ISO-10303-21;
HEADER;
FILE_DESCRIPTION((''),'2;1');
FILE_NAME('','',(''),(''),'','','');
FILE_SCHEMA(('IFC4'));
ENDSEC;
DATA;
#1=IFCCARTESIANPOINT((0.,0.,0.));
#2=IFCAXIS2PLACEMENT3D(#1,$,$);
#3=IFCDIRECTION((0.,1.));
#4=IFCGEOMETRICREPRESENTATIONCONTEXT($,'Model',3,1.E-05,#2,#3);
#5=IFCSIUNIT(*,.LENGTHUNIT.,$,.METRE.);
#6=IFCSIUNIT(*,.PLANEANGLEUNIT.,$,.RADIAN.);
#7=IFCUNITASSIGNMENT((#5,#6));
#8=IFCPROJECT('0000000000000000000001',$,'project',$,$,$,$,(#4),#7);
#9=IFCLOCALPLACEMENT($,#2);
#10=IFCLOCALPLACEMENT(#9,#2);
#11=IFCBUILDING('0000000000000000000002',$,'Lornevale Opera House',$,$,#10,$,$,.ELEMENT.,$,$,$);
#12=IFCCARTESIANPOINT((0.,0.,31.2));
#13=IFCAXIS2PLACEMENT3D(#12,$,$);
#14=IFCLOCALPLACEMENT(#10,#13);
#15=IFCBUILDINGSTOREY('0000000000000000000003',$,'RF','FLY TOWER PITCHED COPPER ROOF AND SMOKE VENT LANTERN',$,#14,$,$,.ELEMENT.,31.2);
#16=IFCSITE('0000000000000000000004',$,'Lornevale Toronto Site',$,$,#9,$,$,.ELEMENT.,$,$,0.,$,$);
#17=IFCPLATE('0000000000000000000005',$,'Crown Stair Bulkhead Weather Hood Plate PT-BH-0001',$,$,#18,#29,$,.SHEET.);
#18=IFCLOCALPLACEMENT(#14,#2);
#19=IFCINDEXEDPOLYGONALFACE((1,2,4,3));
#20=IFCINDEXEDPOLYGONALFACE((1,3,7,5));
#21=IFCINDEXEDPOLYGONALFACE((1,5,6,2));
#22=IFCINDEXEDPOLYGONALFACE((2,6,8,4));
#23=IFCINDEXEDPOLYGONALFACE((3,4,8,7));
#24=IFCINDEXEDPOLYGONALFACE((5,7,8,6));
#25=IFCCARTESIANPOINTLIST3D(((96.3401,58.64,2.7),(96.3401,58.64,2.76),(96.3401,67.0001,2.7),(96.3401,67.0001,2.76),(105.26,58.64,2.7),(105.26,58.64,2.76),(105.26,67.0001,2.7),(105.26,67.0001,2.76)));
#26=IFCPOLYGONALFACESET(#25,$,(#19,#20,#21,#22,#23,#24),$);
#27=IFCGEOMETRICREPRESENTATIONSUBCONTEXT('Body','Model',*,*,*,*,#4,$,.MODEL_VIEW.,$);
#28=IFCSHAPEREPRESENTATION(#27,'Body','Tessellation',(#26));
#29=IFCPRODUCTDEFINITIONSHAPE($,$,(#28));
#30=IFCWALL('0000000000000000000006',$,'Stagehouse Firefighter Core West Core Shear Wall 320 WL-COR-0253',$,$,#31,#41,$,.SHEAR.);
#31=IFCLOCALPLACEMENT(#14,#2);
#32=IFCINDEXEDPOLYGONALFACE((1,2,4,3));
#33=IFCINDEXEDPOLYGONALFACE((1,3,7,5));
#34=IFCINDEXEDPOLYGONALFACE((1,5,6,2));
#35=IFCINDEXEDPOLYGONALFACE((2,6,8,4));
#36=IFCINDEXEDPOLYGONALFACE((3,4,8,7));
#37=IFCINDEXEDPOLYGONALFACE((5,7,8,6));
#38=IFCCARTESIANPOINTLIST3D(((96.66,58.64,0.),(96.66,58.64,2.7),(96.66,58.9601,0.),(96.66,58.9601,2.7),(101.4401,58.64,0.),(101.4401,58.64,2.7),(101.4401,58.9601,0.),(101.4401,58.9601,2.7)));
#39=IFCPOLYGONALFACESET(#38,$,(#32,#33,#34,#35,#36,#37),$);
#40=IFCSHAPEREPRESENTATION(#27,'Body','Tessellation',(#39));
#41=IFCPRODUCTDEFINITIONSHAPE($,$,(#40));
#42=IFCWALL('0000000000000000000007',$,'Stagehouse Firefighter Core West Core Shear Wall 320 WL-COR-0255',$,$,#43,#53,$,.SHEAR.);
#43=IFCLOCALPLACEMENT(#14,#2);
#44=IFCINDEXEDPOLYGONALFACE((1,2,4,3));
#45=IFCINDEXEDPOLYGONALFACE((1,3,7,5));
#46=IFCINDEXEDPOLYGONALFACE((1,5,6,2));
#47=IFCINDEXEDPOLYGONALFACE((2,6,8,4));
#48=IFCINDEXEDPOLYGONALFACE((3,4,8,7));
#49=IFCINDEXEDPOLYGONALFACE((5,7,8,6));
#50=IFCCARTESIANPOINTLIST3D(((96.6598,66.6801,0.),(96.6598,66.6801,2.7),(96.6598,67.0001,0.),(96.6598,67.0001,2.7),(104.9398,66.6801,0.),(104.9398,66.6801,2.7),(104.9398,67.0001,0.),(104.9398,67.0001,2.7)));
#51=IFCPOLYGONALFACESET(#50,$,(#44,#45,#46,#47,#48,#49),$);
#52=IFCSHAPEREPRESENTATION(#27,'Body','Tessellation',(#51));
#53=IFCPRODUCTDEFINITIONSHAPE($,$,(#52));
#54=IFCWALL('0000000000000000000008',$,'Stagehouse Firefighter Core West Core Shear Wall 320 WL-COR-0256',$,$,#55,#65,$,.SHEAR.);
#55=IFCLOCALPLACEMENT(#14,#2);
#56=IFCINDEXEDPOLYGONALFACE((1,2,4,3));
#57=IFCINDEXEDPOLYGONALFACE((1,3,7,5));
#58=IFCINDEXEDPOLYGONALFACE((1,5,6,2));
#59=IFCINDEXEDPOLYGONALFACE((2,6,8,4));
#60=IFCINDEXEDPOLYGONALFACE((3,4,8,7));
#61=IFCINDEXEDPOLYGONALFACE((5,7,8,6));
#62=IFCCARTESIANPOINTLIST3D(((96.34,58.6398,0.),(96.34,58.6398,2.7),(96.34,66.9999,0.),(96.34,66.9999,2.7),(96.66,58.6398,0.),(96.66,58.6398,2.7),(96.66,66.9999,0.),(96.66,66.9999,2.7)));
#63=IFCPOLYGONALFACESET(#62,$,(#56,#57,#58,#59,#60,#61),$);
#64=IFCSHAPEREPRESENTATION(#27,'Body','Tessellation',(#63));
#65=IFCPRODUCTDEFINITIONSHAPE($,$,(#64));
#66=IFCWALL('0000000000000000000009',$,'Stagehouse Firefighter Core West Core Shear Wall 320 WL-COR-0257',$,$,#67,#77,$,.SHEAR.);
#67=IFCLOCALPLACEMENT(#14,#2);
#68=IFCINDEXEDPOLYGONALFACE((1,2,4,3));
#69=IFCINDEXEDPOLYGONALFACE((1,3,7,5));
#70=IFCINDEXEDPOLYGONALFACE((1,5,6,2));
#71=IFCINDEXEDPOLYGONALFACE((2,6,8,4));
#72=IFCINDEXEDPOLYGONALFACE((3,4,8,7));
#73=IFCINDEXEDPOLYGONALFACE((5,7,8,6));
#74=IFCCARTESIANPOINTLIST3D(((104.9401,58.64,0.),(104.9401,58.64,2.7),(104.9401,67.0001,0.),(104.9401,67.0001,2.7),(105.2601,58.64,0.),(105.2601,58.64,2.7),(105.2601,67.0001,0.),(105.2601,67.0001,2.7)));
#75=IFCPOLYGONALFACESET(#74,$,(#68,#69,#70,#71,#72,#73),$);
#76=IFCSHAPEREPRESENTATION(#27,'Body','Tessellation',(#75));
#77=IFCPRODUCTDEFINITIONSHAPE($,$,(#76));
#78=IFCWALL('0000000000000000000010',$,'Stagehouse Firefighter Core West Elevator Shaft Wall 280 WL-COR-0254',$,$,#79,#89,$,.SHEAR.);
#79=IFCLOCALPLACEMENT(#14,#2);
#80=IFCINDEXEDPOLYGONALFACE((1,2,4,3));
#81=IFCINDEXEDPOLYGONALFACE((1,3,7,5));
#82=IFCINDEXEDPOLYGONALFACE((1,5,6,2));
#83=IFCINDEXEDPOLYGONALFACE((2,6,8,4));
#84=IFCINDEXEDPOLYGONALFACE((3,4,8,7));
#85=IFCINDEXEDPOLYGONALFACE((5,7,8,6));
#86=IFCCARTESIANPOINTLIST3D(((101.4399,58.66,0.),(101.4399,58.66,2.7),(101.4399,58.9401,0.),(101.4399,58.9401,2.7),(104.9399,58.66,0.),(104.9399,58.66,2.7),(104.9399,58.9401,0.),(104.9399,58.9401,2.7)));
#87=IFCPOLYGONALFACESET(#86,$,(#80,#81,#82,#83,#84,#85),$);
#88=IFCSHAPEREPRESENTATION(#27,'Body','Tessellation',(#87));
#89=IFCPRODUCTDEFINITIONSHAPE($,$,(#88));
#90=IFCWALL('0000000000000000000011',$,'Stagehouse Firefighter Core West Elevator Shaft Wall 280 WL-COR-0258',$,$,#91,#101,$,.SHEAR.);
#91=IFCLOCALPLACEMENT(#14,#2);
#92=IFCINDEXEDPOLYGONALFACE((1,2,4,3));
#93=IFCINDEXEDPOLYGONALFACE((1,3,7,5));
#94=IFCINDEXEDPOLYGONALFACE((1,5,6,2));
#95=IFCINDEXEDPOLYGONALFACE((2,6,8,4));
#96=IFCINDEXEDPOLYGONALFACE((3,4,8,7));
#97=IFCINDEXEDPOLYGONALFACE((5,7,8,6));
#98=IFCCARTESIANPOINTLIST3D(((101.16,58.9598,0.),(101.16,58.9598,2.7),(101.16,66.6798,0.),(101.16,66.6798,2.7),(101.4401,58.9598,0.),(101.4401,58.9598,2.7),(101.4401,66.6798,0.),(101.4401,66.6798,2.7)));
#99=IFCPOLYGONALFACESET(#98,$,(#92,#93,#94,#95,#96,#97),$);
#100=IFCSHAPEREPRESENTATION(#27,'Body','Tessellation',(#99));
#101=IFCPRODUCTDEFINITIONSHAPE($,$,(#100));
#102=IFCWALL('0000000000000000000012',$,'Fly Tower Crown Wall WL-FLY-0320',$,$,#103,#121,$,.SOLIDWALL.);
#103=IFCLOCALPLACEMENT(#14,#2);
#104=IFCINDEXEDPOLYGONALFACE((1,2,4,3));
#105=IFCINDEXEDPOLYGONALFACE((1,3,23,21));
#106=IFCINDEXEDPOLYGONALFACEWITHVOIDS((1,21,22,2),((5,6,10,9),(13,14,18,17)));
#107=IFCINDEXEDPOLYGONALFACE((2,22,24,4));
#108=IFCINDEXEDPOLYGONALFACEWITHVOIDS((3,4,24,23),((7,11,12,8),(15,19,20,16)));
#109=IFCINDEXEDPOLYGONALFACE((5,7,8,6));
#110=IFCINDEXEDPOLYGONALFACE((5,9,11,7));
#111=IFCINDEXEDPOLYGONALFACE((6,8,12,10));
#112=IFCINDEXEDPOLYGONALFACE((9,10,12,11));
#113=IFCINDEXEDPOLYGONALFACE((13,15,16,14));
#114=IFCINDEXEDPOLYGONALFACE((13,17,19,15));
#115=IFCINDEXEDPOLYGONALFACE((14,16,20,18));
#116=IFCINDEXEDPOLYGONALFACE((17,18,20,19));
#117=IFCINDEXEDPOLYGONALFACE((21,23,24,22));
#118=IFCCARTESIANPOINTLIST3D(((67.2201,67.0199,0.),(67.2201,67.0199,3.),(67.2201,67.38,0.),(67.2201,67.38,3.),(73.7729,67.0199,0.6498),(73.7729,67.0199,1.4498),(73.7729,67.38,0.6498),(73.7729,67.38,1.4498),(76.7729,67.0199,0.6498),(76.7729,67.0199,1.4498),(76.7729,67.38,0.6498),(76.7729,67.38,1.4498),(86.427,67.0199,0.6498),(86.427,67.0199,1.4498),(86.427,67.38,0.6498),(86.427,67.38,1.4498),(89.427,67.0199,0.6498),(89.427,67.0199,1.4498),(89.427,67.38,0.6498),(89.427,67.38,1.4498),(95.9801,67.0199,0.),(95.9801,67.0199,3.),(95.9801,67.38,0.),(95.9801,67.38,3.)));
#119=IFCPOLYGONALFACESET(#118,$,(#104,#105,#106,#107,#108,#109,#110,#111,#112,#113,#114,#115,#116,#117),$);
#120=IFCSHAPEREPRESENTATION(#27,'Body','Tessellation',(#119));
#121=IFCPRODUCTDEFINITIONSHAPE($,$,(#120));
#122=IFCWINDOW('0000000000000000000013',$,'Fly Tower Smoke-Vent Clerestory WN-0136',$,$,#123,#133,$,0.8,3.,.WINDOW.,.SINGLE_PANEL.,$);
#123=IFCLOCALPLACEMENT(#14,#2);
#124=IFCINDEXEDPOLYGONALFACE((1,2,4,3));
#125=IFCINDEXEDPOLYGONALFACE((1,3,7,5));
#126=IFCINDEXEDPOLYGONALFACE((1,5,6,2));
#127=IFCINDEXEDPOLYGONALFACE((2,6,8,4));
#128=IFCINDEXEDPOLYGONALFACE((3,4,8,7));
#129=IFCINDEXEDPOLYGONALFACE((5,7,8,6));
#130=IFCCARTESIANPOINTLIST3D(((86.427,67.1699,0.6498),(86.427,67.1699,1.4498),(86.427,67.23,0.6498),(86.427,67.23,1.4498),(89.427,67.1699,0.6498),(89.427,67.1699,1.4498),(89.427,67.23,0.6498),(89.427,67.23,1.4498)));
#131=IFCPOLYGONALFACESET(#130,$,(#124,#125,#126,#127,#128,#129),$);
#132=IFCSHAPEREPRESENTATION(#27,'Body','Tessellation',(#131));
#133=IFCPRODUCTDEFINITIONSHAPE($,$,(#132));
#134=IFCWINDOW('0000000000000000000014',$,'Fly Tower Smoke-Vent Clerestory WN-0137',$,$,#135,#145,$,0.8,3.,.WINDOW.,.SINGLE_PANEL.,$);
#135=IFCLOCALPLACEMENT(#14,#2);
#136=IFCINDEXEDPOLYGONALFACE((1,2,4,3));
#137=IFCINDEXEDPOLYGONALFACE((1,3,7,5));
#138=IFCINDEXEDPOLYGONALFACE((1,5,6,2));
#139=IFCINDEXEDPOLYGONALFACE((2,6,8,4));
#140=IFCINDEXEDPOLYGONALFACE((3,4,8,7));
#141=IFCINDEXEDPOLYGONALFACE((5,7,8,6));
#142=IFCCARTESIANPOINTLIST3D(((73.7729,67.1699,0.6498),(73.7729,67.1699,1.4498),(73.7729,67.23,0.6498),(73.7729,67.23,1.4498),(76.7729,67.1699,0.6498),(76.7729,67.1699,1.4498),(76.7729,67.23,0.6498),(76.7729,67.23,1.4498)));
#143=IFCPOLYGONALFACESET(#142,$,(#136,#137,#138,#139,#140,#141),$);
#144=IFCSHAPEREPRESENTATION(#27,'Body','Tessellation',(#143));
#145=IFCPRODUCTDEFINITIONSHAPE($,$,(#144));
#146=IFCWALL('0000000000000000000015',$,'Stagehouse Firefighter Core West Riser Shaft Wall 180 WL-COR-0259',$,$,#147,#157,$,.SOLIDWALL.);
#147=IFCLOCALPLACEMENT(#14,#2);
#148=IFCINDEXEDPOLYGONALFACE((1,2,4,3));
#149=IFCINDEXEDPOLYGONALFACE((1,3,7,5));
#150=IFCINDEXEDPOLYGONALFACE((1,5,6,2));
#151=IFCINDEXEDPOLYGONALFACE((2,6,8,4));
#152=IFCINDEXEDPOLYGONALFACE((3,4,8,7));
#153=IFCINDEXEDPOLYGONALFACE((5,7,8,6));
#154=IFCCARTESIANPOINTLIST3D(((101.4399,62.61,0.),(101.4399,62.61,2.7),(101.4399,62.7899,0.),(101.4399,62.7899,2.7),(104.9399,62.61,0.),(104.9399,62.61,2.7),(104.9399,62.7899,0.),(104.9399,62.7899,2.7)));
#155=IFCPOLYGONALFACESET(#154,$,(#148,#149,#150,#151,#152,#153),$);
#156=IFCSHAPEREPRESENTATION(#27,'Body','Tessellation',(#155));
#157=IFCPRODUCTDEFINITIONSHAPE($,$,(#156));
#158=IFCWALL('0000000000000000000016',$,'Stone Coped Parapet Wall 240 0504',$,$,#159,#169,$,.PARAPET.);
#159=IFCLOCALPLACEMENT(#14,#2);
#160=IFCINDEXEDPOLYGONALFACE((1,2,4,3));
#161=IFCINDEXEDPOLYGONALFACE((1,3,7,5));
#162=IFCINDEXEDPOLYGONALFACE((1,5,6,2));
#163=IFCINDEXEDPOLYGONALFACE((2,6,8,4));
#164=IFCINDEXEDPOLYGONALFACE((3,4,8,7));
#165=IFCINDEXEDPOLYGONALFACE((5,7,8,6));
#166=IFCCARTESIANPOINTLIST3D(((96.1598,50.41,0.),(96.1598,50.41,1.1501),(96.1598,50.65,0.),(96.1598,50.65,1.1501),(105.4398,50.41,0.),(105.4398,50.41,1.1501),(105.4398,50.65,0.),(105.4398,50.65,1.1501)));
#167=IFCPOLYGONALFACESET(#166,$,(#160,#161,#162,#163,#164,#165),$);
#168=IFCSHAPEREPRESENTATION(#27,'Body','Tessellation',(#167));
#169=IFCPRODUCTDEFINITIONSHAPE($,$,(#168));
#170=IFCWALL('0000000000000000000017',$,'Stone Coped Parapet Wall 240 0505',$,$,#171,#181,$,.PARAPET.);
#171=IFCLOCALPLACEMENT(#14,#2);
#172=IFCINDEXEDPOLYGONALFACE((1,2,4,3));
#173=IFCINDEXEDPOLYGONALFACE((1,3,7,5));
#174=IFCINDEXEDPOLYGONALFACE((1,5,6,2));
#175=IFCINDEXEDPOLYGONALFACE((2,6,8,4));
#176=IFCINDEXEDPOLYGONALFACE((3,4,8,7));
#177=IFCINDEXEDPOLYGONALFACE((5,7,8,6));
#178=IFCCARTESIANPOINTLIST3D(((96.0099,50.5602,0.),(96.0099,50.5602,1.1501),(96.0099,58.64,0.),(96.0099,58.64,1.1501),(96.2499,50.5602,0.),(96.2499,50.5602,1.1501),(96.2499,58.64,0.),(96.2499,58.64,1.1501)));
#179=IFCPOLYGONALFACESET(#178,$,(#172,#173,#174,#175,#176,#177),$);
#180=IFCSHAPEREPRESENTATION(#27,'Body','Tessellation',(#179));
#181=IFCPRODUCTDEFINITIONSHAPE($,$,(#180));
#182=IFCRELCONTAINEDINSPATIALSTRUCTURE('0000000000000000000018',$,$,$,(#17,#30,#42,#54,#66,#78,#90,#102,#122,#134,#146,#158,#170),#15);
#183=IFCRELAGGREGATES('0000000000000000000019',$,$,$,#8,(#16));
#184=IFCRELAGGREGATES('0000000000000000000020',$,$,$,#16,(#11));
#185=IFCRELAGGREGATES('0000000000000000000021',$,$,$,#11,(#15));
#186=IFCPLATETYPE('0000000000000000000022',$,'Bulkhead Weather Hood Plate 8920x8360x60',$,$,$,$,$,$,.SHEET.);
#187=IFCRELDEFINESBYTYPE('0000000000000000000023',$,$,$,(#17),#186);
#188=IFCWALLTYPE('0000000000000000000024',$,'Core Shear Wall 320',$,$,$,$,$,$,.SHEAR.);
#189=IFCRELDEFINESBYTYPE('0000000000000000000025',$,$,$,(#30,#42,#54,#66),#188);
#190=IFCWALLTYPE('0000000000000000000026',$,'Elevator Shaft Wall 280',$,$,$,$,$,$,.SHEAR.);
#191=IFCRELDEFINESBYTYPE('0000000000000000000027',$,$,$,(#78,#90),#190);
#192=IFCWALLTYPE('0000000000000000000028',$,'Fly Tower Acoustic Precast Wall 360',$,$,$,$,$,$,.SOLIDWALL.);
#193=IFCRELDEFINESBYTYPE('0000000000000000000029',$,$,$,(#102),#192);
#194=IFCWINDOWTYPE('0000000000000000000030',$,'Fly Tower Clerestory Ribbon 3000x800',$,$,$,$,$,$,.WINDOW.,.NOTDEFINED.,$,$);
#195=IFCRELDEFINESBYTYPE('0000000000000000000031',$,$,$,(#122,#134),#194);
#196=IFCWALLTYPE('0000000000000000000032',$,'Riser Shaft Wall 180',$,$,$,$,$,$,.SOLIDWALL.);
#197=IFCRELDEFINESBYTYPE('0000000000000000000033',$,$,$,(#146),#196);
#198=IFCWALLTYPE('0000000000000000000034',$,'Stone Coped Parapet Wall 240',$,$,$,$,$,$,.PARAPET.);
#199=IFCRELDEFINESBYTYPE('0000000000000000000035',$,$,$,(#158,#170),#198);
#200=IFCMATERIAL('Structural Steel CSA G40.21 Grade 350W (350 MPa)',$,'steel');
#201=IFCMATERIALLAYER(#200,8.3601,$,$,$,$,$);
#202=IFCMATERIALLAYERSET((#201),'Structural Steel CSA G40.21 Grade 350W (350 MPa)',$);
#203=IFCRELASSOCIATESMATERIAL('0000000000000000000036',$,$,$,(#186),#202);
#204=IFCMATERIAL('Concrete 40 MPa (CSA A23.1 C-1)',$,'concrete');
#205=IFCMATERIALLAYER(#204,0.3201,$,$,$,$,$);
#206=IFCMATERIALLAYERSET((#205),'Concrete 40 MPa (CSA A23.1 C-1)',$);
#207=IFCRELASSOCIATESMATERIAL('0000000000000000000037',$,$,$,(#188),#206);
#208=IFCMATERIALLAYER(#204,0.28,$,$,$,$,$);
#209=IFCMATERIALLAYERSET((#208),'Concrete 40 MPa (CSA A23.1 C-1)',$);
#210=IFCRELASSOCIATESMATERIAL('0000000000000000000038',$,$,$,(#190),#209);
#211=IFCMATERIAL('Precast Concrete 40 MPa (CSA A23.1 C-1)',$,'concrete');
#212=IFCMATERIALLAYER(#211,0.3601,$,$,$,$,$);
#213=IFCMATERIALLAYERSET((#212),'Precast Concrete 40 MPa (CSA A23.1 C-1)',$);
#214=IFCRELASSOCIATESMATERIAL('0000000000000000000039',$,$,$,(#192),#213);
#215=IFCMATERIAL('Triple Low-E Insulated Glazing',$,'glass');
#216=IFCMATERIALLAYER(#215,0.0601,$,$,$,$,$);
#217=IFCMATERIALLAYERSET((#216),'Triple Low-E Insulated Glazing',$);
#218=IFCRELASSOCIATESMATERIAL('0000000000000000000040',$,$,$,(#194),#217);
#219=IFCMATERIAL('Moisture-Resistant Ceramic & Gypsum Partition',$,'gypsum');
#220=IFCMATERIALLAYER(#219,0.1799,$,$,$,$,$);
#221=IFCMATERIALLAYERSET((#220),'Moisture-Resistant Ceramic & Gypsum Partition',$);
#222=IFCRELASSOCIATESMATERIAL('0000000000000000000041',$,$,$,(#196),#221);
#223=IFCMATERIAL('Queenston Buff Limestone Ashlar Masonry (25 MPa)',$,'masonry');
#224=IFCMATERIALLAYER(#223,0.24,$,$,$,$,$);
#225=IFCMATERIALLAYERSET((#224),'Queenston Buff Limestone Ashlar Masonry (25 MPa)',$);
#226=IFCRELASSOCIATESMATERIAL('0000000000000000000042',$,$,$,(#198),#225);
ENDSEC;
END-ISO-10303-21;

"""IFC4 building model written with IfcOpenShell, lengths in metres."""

from ifc_helpers import new_model, si_unit, direction, frame, frame_2d, origin, origin_2d, place, context, subcontext, project, spatial, rectangle, extrude, material, layer, layer_set, type_object, element, fill, save


model = new_model("IFC4")

# Units and contexts
model_context = context("Model", 3, precision=1e-05, world=origin(), true_north=direction((0.0, 1.0)))
body_context = subcontext(model_context, "Body", "Model", "MODEL_VIEW")
ifc_project = project(units=[si_unit("LENGTHUNIT", "METRE"), si_unit("PLANEANGLEUNIT", "RADIAN")], contexts=[model_context])

# Site, building, storey
site_placement = place(None, origin())
site = spatial("IfcSite", under=ifc_project, at=site_placement, Name="Lornevale Toronto Site", CompositionType="ELEMENT", RefElevation=0.0)
building_placement = place(site_placement, origin())
building = spatial("IfcBuilding", under=site, at=building_placement, Name="Lornevale Opera House", CompositionType="ELEMENT")
storey_placement = place(building_placement, frame((0.0, 0.0, 31.2)))
storey = spatial("IfcBuildingStorey", under=building, at=storey_placement, Name="RF", Description="FLY TOWER PITCHED COPPER ROOF AND SMOKE VENT LANTERN", CompositionType="ELEMENT", Elevation=31.2)

# Shared definitions
ifc_material_1 = material(Name="Structural Steel CSA G40.21 Grade 350W (350 MPa)", Category="steel")

# Plate
ifc_layer_1 = layer(ifc_material_1, 8.3601)
ifc_layer_set_1 = layer_set([ifc_layer_1], Name="Structural Steel CSA G40.21 Grade 350W (350 MPa)")
plate_type = type_object("IfcPlateType", Name="Bulkhead Weather Hood Plate 8920x8360x60", PredefinedType="SHEET", material=ifc_layer_set_1)
plate_placement = place(storey_placement, frame((100.8, 62.8201, 2.7), z_axis=(0.0, 0.0, 1.0), x_axis=(1.0, 0.0, 0.0)))
element("IfcPlate", 1, at=plate_placement, inside=storey, type_object=plate_type, Name="Crown Stair Bulkhead Weather Hood Plate PT-BH-0001", PredefinedType="SHEET", context=body_context, shape_type="SweptSolid", body=[
    extrude(rectangle(XDim=8.9199, YDim=8.3601, at=origin_2d()), origin(), (0.0, 0.0, 1.0), 0.0601),
])

# Walls
ifc_material_2 = material(Name="Concrete 40 MPa (CSA A23.1 C-1)", Category="concrete")
ifc_layer_2 = layer(ifc_material_2, 0.3201)
ifc_layer_set_2 = layer_set([ifc_layer_2], Name="Concrete 40 MPa (CSA A23.1 C-1)")
wall_type_1 = type_object("IfcWallType", Name="Core Shear Wall 320", PredefinedType="SHEAR", material=ifc_layer_set_2)
wall_1_placement = place(storey_placement, frame((96.6599, 58.8, 0.0), z_axis=(0.0, 0.0, 1.0), x_axis=(1.0, 0.0, 0.0)))
element("IfcWall", 2, at=wall_1_placement, inside=storey, type_object=wall_type_1, Name="Stagehouse Firefighter Core West Core Shear Wall 320 WL-COR-0253", PredefinedType="SHEAR", context=body_context, shape_type="SweptSolid", body=[
    extrude(rectangle(XDim=4.78, YDim=0.3201, at=frame_2d((2.3901, 0.0))), origin(), (0.0, 0.0, 1.0), 2.7),
])
wall_2_placement = place(storey_placement, frame((104.9399, 66.8401, 0.0), z_axis=(0.0, 0.0, 1.0), x_axis=(-1.0, 0.0, 0.0)))
element("IfcWall", 3, at=wall_2_placement, inside=storey, type_object=wall_type_1, Name="Stagehouse Firefighter Core West Core Shear Wall 320 WL-COR-0255", PredefinedType="SHEAR", context=body_context, shape_type="SweptSolid", body=[
    extrude(rectangle(XDim=8.28, YDim=0.3201, at=frame_2d((4.1401, 0.0))), origin(), (0.0, 0.0, 1.0), 2.7),
])
for number, where, z_axis, x_axis, name in (
    (4, (96.5, 67.0, 0.0), (0.0, 0.0, 1.0), (0.0, -1.0, 0.0), "Stagehouse Firefighter Core West Core Shear Wall 320 WL-COR-0256"),
    (5, (105.1001, 58.6399, 0.0), (0.0, 0.0, 1.0), (0.0, 1.0, 0.0), "Stagehouse Firefighter Core West Core Shear Wall 320 WL-COR-0257"),
):
    element("IfcWall", number, at=place(storey_placement, frame(where, z_axis=z_axis, x_axis=x_axis)), inside=storey, type_object=wall_type_1, Name=name, PredefinedType="SHEAR", context=body_context, shape_type="SweptSolid", body=[
        extrude(rectangle(XDim=8.3601, YDim=0.3201, at=frame_2d((4.1802, 0.0))), origin(), (0.0, 0.0, 1.0), 2.7),
    ])
ifc_layer_3 = layer(ifc_material_2, 0.28)
ifc_layer_set_3 = layer_set([ifc_layer_3], Name="Concrete 40 MPa (CSA A23.1 C-1)")
wall_type_2 = type_object("IfcWallType", Name="Elevator Shaft Wall 280", PredefinedType="SHEAR", material=ifc_layer_set_3)
wall_3_placement = place(storey_placement, frame((101.4399, 58.8, 0.0), z_axis=(0.0, 0.0, 1.0), x_axis=(1.0, 0.0, 0.0)))
element("IfcWall", 6, at=wall_3_placement, inside=storey, type_object=wall_type_2, Name="Stagehouse Firefighter Core West Elevator Shaft Wall 280 WL-COR-0254", PredefinedType="SHEAR", context=body_context, shape_type="SweptSolid", body=[
    extrude(rectangle(XDim=3.5, YDim=0.28, at=frame_2d((1.75, 0.0))), origin(), (0.0, 0.0, 1.0), 2.7),
])
wall_4_placement = place(storey_placement, frame((101.3, 58.96, 0.0), z_axis=(0.0, 0.0, 1.0), x_axis=(0.0, 1.0, 0.0)))
element("IfcWall", 7, at=wall_4_placement, inside=storey, type_object=wall_type_2, Name="Stagehouse Firefighter Core West Elevator Shaft Wall 280 WL-COR-0258", PredefinedType="SHEAR", context=body_context, shape_type="SweptSolid", body=[
    extrude(rectangle(XDim=7.72, YDim=0.28, at=frame_2d((3.8599, 0.0))), origin(), (0.0, 0.0, 1.0), 2.7),
])

# Wall, openings, windows
ifc_material_3 = material(Name="Precast Concrete 40 MPa (CSA A23.1 C-1)", Category="concrete")
ifc_layer_4 = layer(ifc_material_3, 0.3601)
ifc_layer_set_4 = layer_set([ifc_layer_4], Name="Precast Concrete 40 MPa (CSA A23.1 C-1)")
wall_type_3 = type_object("IfcWallType", Name="Fly Tower Acoustic Precast Wall 360", PredefinedType="SOLIDWALL", material=ifc_layer_set_4)
wall_5_placement = place(storey_placement, frame((95.98, 67.2, 0.0), z_axis=(0.0, 0.0, 1.0), x_axis=(-1.0, 0.0, 0.0)))
wall_5 = element("IfcWall", 8, at=wall_5_placement, inside=storey, type_object=wall_type_3, Name="Fly Tower Crown Wall WL-FLY-0320", PredefinedType="SOLIDWALL", context=body_context, shape_type="SweptSolid", body=[
    extrude(rectangle(XDim=28.76, YDim=0.3601, at=frame_2d((14.3799, 0.0))), origin(), (0.0, 0.0, 1.0), 3.0),
])
opening_1_placement = place(wall_5_placement, frame((6.553, 0.0, 0.6499)))
opening_1 = element("IfcOpeningElement", 9, at=opening_1_placement, cuts=wall_5, PredefinedType="OPENING", context=body_context, shape_type="SweptSolid", body=[
    extrude(rectangle(XDim=3.0, YDim=0.8, at=frame_2d((1.5, 0.3999))), frame((0.0, 0.1899, 0.0), z_axis=(0.0, -1.0, 0.0), x_axis=(1.0, 0.0, 0.0)), (0.0, 0.0, 1.0), 0.3801),
])
opening_2_placement = place(wall_5_placement, frame((19.207, 0.0, 0.6499)))
opening_2 = element("IfcOpeningElement", 10, at=opening_2_placement, cuts=wall_5, PredefinedType="OPENING", context=body_context, shape_type="SweptSolid", body=[
    extrude(rectangle(XDim=3.0, YDim=0.8, at=frame_2d((1.5, 0.3999))), frame((0.0, 0.1899, 0.0), z_axis=(0.0, -1.0, 0.0), x_axis=(1.0, 0.0, 0.0)), (0.0, 0.0, 1.0), 0.3801),
])
ifc_material_4 = material(Name="Triple Low-E Insulated Glazing", Category="glass")
ifc_layer_5 = layer(ifc_material_4, 0.0601)
ifc_layer_set_5 = layer_set([ifc_layer_5], Name="Triple Low-E Insulated Glazing")
window_type = type_object("IfcWindowType", Name="Fly Tower Clerestory Ribbon 3000x800", PartitioningType="NOTDEFINED", PredefinedType="WINDOW", material=ifc_layer_set_5)
window_1_placement = place(opening_1_placement, origin())
window_1 = element("IfcWindow", 11, at=window_1_placement, inside=storey, type_object=window_type, Name="Fly Tower Smoke-Vent Clerestory WN-0136", OverallHeight=0.8, OverallWidth=3.0, PartitioningType="SINGLE_PANEL", PredefinedType="WINDOW", context=body_context, shape_type="SweptSolid", body=[
    extrude(rectangle(XDim=3.0, YDim=0.8, at=frame_2d((1.5, 0.3999))), frame((0.0, 0.03, 0.0), z_axis=(0.0, -1.0, 0.0), x_axis=(1.0, 0.0, 0.0)), (0.0, 0.0, 1.0), 0.0601),
])
fill(opening_1, window_1)
window_2_placement = place(opening_2_placement, origin())
window_2 = element("IfcWindow", 12, at=window_2_placement, inside=storey, type_object=window_type, Name="Fly Tower Smoke-Vent Clerestory WN-0137", OverallHeight=0.8, OverallWidth=3.0, PartitioningType="SINGLE_PANEL", PredefinedType="WINDOW", context=body_context, shape_type="SweptSolid", body=[
    extrude(rectangle(XDim=3.0, YDim=0.8, at=frame_2d((1.5, 0.3999))), frame((0.0, 0.03, 0.0), z_axis=(0.0, -1.0, 0.0), x_axis=(1.0, 0.0, 0.0)), (0.0, 0.0, 1.0), 0.0601),
])
fill(opening_2, window_2)

# Walls
ifc_material_5 = material(Name="Moisture-Resistant Ceramic & Gypsum Partition", Category="gypsum")
ifc_layer_6 = layer(ifc_material_5, 0.1799)
ifc_layer_set_6 = layer_set([ifc_layer_6], Name="Moisture-Resistant Ceramic & Gypsum Partition")
wall_type_4 = type_object("IfcWallType", Name="Riser Shaft Wall 180", PredefinedType="SOLIDWALL", material=ifc_layer_set_6)
wall_6_placement = place(storey_placement, frame((101.4399, 62.7, 0.0), z_axis=(0.0, 0.0, 1.0), x_axis=(1.0, 0.0, 0.0)))
element("IfcWall", 13, at=wall_6_placement, inside=storey, type_object=wall_type_4, Name="Stagehouse Firefighter Core West Riser Shaft Wall 180 WL-COR-0259", PredefinedType="SOLIDWALL", context=body_context, shape_type="SweptSolid", body=[
    extrude(rectangle(XDim=3.5, YDim=0.1799, at=frame_2d((1.75, 0.0))), origin(), (0.0, 0.0, 1.0), 2.7),
])
ifc_material_6 = material(Name="Queenston Buff Limestone Ashlar Masonry (25 MPa)", Category="masonry")
ifc_layer_7 = layer(ifc_material_6, 0.24)
ifc_layer_set_7 = layer_set([ifc_layer_7], Name="Queenston Buff Limestone Ashlar Masonry (25 MPa)")
wall_type_5 = type_object("IfcWallType", Name="Stone Coped Parapet Wall 240", PredefinedType="PARAPET", material=ifc_layer_set_7)
wall_7_placement = place(storey_placement, frame((105.4399, 50.53, 0.0), z_axis=(0.0, 0.0, 1.0), x_axis=(-1.0, 0.0, 0.0)))
element("IfcWall", 14, at=wall_7_placement, inside=storey, type_object=wall_type_5, Name="Stone Coped Parapet Wall 240 0504", PredefinedType="PARAPET", context=body_context, shape_type="SweptSolid", body=[
    extrude(rectangle(XDim=9.28, YDim=0.24, at=frame_2d((4.6401, 0.0))), origin(), (0.0, 0.0, 1.0), 1.1501),
])
wall_8_placement = place(storey_placement, frame((96.1299, 50.5601, 0.0), z_axis=(0.0, 0.0, 1.0), x_axis=(0.0, 1.0, 0.0)))
element("IfcWall", 15, at=wall_8_placement, inside=storey, type_object=wall_type_5, Name="Stone Coped Parapet Wall 240 0505", PredefinedType="PARAPET", context=body_context, shape_type="SweptSolid", body=[
    extrude(rectangle(XDim=8.0798, YDim=0.24, at=frame_2d((4.04, 0.0))), origin(), (0.0, 0.0, 1.0), 1.1501),
])

save(model, "model.ifc")
